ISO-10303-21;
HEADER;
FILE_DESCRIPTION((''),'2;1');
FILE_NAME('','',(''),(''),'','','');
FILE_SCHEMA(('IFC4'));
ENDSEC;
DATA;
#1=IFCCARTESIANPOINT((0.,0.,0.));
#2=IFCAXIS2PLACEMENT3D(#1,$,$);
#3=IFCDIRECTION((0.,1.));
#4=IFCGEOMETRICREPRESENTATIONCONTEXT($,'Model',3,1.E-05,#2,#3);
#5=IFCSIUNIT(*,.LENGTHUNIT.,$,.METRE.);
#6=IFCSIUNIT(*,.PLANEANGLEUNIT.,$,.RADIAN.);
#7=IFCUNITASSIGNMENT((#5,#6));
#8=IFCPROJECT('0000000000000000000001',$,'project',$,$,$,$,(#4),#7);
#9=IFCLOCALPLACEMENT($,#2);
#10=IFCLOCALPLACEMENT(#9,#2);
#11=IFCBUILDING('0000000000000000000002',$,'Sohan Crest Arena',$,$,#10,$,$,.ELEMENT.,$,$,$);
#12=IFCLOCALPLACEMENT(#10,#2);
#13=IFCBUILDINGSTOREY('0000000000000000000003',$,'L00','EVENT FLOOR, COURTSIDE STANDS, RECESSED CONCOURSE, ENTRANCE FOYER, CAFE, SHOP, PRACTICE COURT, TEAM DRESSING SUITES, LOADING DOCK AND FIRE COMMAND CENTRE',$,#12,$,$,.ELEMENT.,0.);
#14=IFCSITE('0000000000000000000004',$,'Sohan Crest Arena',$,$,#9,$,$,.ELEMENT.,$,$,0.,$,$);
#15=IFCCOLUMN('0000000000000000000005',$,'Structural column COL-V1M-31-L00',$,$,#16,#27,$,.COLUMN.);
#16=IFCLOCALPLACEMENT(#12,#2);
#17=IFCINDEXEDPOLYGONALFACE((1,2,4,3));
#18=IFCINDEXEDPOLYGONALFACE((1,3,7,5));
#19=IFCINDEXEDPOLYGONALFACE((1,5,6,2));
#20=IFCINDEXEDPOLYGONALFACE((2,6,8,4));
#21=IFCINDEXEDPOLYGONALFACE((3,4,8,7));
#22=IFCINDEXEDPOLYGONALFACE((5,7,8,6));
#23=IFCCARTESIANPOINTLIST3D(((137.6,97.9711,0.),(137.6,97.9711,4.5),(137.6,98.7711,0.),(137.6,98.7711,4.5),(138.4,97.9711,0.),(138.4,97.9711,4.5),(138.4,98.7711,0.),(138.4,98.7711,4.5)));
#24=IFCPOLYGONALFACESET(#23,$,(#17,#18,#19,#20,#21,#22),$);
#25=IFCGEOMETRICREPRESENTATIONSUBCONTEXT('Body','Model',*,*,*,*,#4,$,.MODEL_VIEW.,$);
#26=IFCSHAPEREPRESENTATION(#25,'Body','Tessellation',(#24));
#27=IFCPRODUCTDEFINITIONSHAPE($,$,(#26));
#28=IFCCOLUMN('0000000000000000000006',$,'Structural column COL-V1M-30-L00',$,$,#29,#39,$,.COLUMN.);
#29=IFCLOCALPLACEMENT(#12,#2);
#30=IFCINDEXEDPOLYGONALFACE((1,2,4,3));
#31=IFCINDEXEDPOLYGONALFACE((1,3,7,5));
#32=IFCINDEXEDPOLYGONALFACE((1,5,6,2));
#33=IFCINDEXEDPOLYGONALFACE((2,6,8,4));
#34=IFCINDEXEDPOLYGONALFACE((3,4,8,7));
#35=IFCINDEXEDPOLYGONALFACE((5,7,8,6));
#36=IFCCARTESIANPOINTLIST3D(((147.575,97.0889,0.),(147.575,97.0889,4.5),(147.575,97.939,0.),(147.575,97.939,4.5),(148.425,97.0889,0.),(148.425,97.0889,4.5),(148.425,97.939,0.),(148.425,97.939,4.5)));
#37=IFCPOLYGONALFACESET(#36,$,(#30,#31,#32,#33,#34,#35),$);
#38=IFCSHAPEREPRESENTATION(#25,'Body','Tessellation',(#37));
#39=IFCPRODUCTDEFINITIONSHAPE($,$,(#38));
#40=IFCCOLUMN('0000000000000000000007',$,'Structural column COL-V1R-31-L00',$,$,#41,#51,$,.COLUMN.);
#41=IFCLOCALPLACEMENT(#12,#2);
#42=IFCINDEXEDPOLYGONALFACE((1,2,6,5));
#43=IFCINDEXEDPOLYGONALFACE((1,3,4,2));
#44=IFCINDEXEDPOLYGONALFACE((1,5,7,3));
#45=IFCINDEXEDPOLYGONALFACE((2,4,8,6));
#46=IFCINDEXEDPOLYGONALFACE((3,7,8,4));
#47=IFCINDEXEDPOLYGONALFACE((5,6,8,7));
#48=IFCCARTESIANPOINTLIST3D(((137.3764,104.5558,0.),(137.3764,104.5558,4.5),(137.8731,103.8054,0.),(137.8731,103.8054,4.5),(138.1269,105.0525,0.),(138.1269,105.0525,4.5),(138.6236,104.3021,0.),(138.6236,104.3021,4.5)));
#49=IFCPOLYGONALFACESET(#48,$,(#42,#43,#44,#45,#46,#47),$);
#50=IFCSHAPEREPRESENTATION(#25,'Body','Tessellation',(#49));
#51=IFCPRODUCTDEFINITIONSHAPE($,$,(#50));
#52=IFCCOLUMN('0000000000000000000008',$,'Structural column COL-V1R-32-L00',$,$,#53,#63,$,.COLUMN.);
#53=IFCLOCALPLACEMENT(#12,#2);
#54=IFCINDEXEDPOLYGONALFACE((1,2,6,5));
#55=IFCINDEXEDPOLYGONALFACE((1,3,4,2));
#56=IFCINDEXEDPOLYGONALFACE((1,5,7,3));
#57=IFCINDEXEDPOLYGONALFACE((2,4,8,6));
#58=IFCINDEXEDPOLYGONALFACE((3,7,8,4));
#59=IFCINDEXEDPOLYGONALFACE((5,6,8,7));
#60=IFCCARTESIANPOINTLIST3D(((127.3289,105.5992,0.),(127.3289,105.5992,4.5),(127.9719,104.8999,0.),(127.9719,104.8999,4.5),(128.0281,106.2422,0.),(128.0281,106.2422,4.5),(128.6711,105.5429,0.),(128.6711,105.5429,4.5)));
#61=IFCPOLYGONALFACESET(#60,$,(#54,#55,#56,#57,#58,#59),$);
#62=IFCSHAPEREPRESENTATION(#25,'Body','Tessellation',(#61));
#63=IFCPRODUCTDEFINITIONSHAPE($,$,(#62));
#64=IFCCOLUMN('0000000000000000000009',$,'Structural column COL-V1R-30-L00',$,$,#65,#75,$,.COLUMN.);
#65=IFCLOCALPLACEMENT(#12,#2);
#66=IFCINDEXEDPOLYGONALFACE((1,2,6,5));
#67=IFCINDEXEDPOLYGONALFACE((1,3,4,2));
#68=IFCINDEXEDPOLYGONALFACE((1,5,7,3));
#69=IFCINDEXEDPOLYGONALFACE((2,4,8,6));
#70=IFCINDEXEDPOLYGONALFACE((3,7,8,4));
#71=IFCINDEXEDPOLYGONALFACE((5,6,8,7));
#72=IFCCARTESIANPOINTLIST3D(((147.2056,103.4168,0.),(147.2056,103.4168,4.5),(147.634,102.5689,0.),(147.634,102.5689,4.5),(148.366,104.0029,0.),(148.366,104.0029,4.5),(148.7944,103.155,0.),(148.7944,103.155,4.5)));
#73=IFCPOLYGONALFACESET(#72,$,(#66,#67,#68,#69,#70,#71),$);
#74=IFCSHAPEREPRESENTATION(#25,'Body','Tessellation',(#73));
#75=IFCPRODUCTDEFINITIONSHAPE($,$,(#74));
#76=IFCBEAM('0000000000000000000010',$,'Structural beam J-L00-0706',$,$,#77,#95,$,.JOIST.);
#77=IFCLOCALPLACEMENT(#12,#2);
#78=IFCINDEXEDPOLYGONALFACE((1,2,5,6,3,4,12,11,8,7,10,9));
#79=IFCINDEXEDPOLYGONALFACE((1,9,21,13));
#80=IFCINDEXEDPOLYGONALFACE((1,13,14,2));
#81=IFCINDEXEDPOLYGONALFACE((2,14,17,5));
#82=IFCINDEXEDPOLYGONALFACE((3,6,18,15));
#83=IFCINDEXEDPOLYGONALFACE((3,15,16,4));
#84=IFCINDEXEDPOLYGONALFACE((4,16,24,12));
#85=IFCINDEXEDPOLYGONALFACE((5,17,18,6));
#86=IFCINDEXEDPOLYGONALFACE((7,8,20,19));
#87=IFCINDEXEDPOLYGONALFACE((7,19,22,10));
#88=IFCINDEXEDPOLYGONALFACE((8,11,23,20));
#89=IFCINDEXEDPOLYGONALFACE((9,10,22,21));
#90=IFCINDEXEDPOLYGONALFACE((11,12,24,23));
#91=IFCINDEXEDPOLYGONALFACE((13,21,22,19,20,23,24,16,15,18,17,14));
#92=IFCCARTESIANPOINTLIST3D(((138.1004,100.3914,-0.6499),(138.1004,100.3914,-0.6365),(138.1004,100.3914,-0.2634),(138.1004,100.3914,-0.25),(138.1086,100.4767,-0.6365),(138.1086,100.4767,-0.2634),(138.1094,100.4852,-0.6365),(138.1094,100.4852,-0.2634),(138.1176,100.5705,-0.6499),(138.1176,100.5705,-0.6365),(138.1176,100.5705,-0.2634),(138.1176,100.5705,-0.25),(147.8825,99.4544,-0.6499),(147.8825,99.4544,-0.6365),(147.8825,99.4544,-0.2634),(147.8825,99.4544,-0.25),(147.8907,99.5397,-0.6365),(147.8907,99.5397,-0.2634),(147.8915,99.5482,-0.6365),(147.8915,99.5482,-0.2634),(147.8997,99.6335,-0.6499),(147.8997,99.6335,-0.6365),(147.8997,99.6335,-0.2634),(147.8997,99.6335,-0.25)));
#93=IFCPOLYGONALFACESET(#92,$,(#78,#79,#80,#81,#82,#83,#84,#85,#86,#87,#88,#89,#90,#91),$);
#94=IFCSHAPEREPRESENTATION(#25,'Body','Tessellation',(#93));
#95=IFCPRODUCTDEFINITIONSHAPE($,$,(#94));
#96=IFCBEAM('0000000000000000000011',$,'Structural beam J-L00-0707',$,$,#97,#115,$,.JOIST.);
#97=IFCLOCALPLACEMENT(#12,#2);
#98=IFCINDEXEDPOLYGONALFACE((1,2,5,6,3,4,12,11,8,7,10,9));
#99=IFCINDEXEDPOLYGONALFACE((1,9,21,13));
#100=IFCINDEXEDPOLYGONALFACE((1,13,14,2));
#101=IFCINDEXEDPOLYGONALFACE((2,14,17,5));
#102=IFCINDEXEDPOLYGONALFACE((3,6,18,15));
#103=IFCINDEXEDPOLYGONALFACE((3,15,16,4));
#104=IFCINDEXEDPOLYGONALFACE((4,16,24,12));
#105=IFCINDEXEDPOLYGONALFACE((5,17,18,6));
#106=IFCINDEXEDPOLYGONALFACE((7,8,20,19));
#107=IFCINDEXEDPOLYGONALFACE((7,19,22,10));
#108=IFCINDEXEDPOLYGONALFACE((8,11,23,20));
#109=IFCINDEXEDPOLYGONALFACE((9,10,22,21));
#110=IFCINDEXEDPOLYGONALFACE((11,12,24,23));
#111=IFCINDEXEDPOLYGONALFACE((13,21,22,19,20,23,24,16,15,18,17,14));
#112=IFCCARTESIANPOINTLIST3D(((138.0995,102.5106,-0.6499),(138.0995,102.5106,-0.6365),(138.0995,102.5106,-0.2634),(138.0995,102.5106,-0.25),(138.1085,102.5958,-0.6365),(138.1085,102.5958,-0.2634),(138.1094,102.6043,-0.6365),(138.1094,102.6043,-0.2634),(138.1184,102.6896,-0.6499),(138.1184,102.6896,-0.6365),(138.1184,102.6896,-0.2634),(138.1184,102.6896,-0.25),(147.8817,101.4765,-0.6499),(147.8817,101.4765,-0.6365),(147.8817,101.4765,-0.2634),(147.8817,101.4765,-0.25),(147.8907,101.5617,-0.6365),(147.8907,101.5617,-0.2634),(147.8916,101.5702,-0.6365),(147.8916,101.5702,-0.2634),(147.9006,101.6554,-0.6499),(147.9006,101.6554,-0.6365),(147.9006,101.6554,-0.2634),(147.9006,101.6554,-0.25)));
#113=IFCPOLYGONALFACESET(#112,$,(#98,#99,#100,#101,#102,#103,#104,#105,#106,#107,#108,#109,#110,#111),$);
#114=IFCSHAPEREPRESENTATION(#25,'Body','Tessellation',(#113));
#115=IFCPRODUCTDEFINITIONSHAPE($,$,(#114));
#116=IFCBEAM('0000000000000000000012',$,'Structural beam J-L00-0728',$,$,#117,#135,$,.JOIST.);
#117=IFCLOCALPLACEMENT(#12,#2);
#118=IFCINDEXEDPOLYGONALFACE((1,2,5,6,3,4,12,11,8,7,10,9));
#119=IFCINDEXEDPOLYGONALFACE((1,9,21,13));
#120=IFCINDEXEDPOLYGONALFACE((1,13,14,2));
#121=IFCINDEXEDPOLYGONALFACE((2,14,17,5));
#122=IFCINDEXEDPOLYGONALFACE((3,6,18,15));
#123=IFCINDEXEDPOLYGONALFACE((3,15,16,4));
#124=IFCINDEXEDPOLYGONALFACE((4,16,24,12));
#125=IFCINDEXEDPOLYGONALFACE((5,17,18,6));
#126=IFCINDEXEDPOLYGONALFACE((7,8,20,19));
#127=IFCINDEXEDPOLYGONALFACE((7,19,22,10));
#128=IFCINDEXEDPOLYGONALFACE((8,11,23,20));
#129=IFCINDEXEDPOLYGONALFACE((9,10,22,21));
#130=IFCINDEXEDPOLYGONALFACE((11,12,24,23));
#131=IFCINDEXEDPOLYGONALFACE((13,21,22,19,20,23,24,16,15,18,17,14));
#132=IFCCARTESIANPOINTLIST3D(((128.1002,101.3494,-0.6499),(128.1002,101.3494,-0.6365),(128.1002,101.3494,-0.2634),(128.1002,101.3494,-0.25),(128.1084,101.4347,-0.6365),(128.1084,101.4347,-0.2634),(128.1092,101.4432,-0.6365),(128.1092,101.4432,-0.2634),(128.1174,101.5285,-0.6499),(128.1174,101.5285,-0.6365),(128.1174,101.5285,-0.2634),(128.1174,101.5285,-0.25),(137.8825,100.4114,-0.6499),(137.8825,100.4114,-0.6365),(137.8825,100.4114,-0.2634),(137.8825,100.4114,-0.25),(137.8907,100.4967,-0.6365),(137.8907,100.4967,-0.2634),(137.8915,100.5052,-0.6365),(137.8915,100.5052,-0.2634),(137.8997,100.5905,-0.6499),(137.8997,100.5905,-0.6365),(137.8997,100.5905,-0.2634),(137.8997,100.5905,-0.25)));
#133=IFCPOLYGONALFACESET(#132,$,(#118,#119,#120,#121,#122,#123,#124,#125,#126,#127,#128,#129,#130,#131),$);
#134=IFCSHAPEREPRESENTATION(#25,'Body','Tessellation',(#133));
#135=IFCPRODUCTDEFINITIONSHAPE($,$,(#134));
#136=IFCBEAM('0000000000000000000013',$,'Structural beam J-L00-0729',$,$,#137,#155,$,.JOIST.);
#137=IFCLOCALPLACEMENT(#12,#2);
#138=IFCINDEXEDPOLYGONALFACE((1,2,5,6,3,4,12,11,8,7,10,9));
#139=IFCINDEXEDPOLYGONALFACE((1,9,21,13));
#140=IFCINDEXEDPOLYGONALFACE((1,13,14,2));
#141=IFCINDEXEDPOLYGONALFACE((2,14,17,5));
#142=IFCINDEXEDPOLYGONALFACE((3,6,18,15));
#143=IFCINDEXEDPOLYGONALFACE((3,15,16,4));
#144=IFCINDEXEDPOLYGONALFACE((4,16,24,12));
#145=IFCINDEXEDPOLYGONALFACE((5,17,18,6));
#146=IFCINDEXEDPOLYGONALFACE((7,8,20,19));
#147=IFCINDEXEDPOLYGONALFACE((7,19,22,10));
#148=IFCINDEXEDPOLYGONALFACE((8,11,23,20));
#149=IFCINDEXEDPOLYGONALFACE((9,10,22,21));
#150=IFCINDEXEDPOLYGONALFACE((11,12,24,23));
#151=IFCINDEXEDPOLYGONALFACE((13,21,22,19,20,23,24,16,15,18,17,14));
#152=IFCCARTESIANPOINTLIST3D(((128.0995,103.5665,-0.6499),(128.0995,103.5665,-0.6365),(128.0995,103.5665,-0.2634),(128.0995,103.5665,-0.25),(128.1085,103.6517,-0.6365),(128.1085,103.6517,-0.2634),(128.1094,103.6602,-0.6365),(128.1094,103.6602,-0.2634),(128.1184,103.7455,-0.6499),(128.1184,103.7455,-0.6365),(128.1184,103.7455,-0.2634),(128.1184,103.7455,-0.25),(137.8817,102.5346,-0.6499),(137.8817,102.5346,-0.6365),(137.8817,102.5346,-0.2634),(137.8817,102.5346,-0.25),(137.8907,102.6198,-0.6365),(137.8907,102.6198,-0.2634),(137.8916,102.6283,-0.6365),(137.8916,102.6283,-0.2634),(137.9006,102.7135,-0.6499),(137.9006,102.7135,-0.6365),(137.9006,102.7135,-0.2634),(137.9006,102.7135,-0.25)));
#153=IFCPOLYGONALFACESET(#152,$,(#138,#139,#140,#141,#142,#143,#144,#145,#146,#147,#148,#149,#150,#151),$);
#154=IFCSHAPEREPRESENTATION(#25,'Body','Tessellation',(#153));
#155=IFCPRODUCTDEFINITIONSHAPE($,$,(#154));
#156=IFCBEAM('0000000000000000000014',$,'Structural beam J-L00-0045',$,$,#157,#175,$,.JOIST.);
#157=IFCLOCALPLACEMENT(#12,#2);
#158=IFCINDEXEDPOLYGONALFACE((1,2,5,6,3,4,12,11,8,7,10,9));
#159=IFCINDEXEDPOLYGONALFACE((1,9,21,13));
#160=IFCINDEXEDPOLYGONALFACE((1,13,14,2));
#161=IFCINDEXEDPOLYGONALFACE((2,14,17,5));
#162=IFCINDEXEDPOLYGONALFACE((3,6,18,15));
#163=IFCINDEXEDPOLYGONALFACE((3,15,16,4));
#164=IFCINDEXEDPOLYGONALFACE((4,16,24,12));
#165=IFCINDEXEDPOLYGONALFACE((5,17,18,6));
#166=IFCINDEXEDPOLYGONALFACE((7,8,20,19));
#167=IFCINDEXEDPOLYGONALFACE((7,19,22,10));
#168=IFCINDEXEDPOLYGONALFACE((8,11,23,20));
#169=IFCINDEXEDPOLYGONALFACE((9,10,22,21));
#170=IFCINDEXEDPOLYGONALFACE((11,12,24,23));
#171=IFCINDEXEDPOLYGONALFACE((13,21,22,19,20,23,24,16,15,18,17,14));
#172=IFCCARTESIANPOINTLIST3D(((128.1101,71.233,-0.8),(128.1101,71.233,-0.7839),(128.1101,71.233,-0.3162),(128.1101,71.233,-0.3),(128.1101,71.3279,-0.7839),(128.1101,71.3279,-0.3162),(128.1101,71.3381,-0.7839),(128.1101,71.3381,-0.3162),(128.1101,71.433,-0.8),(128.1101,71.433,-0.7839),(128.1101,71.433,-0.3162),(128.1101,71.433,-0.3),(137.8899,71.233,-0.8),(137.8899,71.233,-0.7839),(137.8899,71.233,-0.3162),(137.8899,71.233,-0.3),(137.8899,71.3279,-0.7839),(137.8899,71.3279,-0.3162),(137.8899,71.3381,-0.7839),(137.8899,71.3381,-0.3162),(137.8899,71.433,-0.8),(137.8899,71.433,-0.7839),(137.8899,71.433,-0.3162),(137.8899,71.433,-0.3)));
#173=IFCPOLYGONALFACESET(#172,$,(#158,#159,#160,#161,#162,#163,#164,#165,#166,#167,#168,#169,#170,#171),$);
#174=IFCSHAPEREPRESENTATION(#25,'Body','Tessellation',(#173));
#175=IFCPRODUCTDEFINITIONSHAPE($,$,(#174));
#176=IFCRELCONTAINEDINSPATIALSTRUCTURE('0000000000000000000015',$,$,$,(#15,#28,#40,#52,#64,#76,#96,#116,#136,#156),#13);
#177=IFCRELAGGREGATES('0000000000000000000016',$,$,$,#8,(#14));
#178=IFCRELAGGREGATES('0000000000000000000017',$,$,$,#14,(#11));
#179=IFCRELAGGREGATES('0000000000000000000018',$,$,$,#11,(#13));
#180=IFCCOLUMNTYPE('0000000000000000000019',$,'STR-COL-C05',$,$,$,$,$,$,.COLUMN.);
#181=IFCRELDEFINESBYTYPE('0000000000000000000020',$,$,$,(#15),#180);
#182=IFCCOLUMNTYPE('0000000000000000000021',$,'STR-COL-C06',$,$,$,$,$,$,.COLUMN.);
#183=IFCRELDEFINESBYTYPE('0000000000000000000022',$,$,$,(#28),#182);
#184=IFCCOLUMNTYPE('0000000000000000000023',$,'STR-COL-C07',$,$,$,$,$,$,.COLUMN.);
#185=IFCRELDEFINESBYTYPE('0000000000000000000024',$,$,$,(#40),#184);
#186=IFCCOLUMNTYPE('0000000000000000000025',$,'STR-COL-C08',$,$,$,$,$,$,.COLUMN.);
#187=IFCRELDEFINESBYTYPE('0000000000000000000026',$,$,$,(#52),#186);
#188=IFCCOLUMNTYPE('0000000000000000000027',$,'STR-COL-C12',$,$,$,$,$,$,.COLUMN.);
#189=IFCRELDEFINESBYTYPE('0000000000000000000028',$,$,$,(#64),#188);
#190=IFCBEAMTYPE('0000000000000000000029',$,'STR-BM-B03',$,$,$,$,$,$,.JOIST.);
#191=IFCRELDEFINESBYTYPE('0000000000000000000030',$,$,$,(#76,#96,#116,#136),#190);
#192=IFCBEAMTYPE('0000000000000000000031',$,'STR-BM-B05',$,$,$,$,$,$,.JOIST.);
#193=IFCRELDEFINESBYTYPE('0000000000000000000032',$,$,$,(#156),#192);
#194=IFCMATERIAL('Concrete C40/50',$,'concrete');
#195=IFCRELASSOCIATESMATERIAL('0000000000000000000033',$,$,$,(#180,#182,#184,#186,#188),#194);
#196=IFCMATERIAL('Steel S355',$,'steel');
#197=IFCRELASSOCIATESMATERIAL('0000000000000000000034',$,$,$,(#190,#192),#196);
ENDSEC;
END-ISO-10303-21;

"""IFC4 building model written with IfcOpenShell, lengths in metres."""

from ifc_helpers import new_model, si_unit, direction, frame, origin, origin_2d, place, context, subcontext, project, spatial, rectangle, i_section, extrude, material, material_profile, profile_set, type_object, element, save


model = new_model("IFC4")

# Units and contexts
model_context = context("Model", 3, precision=1e-05, world=origin(), true_north=direction((0.0, 1.0)))
body_context = subcontext(model_context, "Body", "Model", "MODEL_VIEW")
ifc_project = project(units=[si_unit("LENGTHUNIT", "METRE"), si_unit("PLANEANGLEUNIT", "RADIAN")], contexts=[model_context])

# Site, building, storey
site_placement = place(None, origin())
site = spatial("IfcSite", under=ifc_project, at=site_placement, Name="Sohan Crest Arena", CompositionType="ELEMENT", RefElevation=0.0)
building_placement = place(site_placement, origin())
building = spatial("IfcBuilding", under=site, at=building_placement, Name="Sohan Crest Arena", CompositionType="ELEMENT")
storey_placement = place(building_placement, origin())
storey = spatial("IfcBuildingStorey", under=building, at=storey_placement, Name="L00", Description="EVENT FLOOR, COURTSIDE STANDS, RECESSED CONCOURSE, ENTRANCE FOYER, CAFE, SHOP, PRACTICE COURT, TEAM DRESSING SUITES, LOADING DOCK AND FIRE COMMAND CENTRE", CompositionType="ELEMENT", Elevation=0.0)

# Columns
ifc_material_1 = material(Name="Concrete C40/50", Category="concrete")
ifc_material_profile_1 = material_profile(ifc_material_1, rectangle(XDim=0.8, YDim=0.8, at=origin_2d()), Name="RC 800x800")
ifc_profile_set_1 = profile_set([ifc_material_profile_1], Name="Concrete C40/50")
column_type_1 = type_object("IfcColumnType", Name="STR-COL-C05", PredefinedType="COLUMN", material=ifc_profile_set_1)
column_1_placement = place(storey_placement, frame((138.0, 98.3711, 0.0), z_axis=(0.0, 0.0, 1.0), x_axis=(1.0, 0.0, 0.0)))
element("IfcColumn", 1, at=column_1_placement, inside=storey, type_object=column_type_1, Name="Structural column COL-V1M-31-L00", PredefinedType="COLUMN", context=body_context, shape_type="SweptSolid", body=[
    extrude(rectangle(XDim=0.8, YDim=0.8, at=origin_2d()), origin(), (0.0, 0.0, 1.0), 4.5),
])
ifc_material_profile_2 = material_profile(ifc_material_1, rectangle(XDim=0.8501, YDim=0.8501, at=origin_2d()), Name="RC 850x850")
ifc_profile_set_2 = profile_set([ifc_material_profile_2], Name="Concrete C40/50")
column_type_2 = type_object("IfcColumnType", Name="STR-COL-C06", PredefinedType="COLUMN", material=ifc_profile_set_2)
column_2_placement = place(storey_placement, frame((148.0, 97.5139, 0.0), z_axis=(0.0, 0.0, 1.0), x_axis=(1.0, 0.0, 0.0)))
element("IfcColumn", 2, at=column_2_placement, inside=storey, type_object=column_type_2, Name="Structural column COL-V1M-30-L00", PredefinedType="COLUMN", context=body_context, shape_type="SweptSolid", body=[
    extrude(rectangle(XDim=0.8501, YDim=0.8501, at=origin_2d()), origin(), (0.0, 0.0, 1.0), 4.5),
])
ifc_material_profile_3 = material_profile(ifc_material_1, rectangle(XDim=0.8999, YDim=0.8999, at=origin_2d()), Name="RC 900x900")
ifc_profile_set_3 = profile_set([ifc_material_profile_3], Name="Concrete C40/50")
column_type_3 = type_object("IfcColumnType", Name="STR-COL-C07", PredefinedType="COLUMN", material=ifc_profile_set_3)
column_3_placement = place(storey_placement, frame((138.0, 104.429, 0.0), z_axis=(0.0, 0.0, 1.0), x_axis=(0.833886, 0.551937, 0.0)))
element("IfcColumn", 3, at=column_3_placement, inside=storey, type_object=column_type_3, Name="Structural column COL-V1R-31-L00", PredefinedType="COLUMN", context=body_context, shape_type="SweptSolid", body=[
    extrude(rectangle(XDim=0.8999, YDim=0.8999, at=origin_2d()), origin(), (0.0, 0.0, 1.0), 4.5),
])
ifc_material_profile_4 = material_profile(ifc_material_1, rectangle(XDim=0.95, YDim=0.95, at=origin_2d()), Name="RC 950x950")
ifc_profile_set_4 = profile_set([ifc_material_profile_4], Name="Concrete C40/50")
column_type_4 = type_object("IfcColumnType", Name="STR-COL-C08", PredefinedType="COLUMN", material=ifc_profile_set_4)
column_4_placement = place(storey_placement, frame((128.0, 105.571, 0.0), z_axis=(0.0, 0.0, 1.0), x_axis=(0.736097, 0.676876, 0.0)))
element("IfcColumn", 4, at=column_4_placement, inside=storey, type_object=column_type_4, Name="Structural column COL-V1R-32-L00", PredefinedType="COLUMN", context=body_context, shape_type="SweptSolid", body=[
    extrude(rectangle(XDim=0.95, YDim=0.95, at=origin_2d()), origin(), (0.0, 0.0, 1.0), 4.5),
])
ifc_material_profile_5 = material_profile(ifc_material_1, rectangle(XDim=1.3, YDim=0.95, at=origin_2d()), Name="RC 1300x950")
ifc_profile_set_5 = profile_set([ifc_material_profile_5], Name="Concrete C40/50")
column_type_5 = type_object("IfcColumnType", Name="STR-COL-C12", PredefinedType="COLUMN", material=ifc_profile_set_5)
column_5_placement = place(storey_placement, frame((148.0, 103.2859, 0.0), z_axis=(0.0, 0.0, 1.0), x_axis=(0.892586, 0.450878, 0.0)))
element("IfcColumn", 5, at=column_5_placement, inside=storey, type_object=column_type_5, Name="Structural column COL-V1R-30-L00", PredefinedType="COLUMN", context=body_context, shape_type="SweptSolid", body=[
    extrude(rectangle(XDim=1.3, YDim=0.95, at=origin_2d()), origin(), (0.0, 0.0, 1.0), 4.5),
])

# Beams
ifc_material_2 = material(Name="Steel S355", Category="steel")
ifc_material_profile_6 = material_profile(ifc_material_2, i_section(OverallWidth=0.1799, OverallDepth=0.3999, WebThickness=0.0085, FlangeThickness=0.0134, at=origin_2d()), Name="IPE 400")
ifc_profile_set_6 = profile_set([ifc_material_profile_6], Name="Steel S355")
beam_type_1 = type_object("IfcBeamType", Name="STR-BM-B03", PredefinedType="JOIST", material=ifc_profile_set_6)
beam_1_placement = place(storey_placement, frame((147.8911, 99.5439, -0.45), z_axis=(-0.995444, 0.095351, 0.0), x_axis=(-0.095351, -0.995444, 0.0)))
element("IfcBeam", 6, at=beam_1_placement, inside=storey, type_object=beam_type_1, Name="Structural beam J-L00-0706", PredefinedType="JOIST", context=body_context, shape_type="SweptSolid", body=[
    extrude(i_section(OverallWidth=0.1799, OverallDepth=0.3999, WebThickness=0.0085, FlangeThickness=0.0134, at=origin_2d()), origin(), (0.0, 0.0, 1.0), 9.8269),
])
beam_2_placement = place(storey_placement, frame((147.8911, 101.5659, -0.45), z_axis=(-0.994458, 0.105134, 0.0), x_axis=(-0.105134, -0.994458, 0.0)))
element("IfcBeam", 7, at=beam_2_placement, inside=storey, type_object=beam_type_1, Name="Structural beam J-L00-0707", PredefinedType="JOIST", context=body_context, shape_type="SweptSolid", body=[
    extrude(i_section(OverallWidth=0.1799, OverallDepth=0.3999, WebThickness=0.0085, FlangeThickness=0.0134, at=origin_2d()), origin(), (0.0, 0.0, 1.0), 9.8367),
])
beam_3_placement = place(storey_placement, frame((137.8911, 100.501, -0.45), z_axis=(-0.995434, 0.095449, 0.0), x_axis=(-0.095449, -0.995434, 0.0)))
element("IfcBeam", 8, at=beam_3_placement, inside=storey, type_object=beam_type_1, Name="Structural beam J-L00-0728", PredefinedType="JOIST", context=body_context, shape_type="SweptSolid", body=[
    extrude(i_section(OverallWidth=0.1799, OverallDepth=0.3999, WebThickness=0.0085, FlangeThickness=0.0134, at=origin_2d()), origin(), (0.0, 0.0, 1.0), 9.8271),
])
beam_4_placement = place(storey_placement, frame((137.8911, 102.624, -0.45), z_axis=(-0.994481, 0.104913, 0.0), x_axis=(-0.104913, -0.994481, 0.0)))
element("IfcBeam", 9, at=beam_4_placement, inside=storey, type_object=beam_type_1, Name="Structural beam J-L00-0729", PredefinedType="JOIST", context=body_context, shape_type="SweptSolid", body=[
    extrude(i_section(OverallWidth=0.1799, OverallDepth=0.3999, WebThickness=0.0085, FlangeThickness=0.0134, at=origin_2d()), origin(), (0.0, 0.0, 1.0), 9.8364),
])
ifc_material_profile_7 = material_profile(ifc_material_2, i_section(OverallWidth=0.2, OverallDepth=0.5, WebThickness=0.0103, FlangeThickness=0.0161, at=origin_2d()), Name="IPE 500")
ifc_profile_set_7 = profile_set([ifc_material_profile_7], Name="Steel S355")
beam_type_2 = type_object("IfcBeamType", Name="STR-BM-B05", PredefinedType="JOIST", material=ifc_profile_set_7)
for number, where, z_axis, x_axis, name in (
    (10, (128.1101, 71.333, -0.55), (1.0, 0.0, 0.0), (0.0, 1.0, 0.0), "Structural beam J-L00-0045"),
):
    element("IfcBeam", number, at=place(storey_placement, frame(where, z_axis=z_axis, x_axis=x_axis)), inside=storey, type_object=beam_type_2, Name=name, PredefinedType="JOIST", context=body_context, shape_type="SweptSolid", body=[
        extrude(i_section(OverallWidth=0.2, OverallDepth=0.5, WebThickness=0.0103, FlangeThickness=0.0161, at=origin_2d()), origin(), (0.0, 0.0, 1.0), 9.7798),
    ])

save(model, "model.ifc")
